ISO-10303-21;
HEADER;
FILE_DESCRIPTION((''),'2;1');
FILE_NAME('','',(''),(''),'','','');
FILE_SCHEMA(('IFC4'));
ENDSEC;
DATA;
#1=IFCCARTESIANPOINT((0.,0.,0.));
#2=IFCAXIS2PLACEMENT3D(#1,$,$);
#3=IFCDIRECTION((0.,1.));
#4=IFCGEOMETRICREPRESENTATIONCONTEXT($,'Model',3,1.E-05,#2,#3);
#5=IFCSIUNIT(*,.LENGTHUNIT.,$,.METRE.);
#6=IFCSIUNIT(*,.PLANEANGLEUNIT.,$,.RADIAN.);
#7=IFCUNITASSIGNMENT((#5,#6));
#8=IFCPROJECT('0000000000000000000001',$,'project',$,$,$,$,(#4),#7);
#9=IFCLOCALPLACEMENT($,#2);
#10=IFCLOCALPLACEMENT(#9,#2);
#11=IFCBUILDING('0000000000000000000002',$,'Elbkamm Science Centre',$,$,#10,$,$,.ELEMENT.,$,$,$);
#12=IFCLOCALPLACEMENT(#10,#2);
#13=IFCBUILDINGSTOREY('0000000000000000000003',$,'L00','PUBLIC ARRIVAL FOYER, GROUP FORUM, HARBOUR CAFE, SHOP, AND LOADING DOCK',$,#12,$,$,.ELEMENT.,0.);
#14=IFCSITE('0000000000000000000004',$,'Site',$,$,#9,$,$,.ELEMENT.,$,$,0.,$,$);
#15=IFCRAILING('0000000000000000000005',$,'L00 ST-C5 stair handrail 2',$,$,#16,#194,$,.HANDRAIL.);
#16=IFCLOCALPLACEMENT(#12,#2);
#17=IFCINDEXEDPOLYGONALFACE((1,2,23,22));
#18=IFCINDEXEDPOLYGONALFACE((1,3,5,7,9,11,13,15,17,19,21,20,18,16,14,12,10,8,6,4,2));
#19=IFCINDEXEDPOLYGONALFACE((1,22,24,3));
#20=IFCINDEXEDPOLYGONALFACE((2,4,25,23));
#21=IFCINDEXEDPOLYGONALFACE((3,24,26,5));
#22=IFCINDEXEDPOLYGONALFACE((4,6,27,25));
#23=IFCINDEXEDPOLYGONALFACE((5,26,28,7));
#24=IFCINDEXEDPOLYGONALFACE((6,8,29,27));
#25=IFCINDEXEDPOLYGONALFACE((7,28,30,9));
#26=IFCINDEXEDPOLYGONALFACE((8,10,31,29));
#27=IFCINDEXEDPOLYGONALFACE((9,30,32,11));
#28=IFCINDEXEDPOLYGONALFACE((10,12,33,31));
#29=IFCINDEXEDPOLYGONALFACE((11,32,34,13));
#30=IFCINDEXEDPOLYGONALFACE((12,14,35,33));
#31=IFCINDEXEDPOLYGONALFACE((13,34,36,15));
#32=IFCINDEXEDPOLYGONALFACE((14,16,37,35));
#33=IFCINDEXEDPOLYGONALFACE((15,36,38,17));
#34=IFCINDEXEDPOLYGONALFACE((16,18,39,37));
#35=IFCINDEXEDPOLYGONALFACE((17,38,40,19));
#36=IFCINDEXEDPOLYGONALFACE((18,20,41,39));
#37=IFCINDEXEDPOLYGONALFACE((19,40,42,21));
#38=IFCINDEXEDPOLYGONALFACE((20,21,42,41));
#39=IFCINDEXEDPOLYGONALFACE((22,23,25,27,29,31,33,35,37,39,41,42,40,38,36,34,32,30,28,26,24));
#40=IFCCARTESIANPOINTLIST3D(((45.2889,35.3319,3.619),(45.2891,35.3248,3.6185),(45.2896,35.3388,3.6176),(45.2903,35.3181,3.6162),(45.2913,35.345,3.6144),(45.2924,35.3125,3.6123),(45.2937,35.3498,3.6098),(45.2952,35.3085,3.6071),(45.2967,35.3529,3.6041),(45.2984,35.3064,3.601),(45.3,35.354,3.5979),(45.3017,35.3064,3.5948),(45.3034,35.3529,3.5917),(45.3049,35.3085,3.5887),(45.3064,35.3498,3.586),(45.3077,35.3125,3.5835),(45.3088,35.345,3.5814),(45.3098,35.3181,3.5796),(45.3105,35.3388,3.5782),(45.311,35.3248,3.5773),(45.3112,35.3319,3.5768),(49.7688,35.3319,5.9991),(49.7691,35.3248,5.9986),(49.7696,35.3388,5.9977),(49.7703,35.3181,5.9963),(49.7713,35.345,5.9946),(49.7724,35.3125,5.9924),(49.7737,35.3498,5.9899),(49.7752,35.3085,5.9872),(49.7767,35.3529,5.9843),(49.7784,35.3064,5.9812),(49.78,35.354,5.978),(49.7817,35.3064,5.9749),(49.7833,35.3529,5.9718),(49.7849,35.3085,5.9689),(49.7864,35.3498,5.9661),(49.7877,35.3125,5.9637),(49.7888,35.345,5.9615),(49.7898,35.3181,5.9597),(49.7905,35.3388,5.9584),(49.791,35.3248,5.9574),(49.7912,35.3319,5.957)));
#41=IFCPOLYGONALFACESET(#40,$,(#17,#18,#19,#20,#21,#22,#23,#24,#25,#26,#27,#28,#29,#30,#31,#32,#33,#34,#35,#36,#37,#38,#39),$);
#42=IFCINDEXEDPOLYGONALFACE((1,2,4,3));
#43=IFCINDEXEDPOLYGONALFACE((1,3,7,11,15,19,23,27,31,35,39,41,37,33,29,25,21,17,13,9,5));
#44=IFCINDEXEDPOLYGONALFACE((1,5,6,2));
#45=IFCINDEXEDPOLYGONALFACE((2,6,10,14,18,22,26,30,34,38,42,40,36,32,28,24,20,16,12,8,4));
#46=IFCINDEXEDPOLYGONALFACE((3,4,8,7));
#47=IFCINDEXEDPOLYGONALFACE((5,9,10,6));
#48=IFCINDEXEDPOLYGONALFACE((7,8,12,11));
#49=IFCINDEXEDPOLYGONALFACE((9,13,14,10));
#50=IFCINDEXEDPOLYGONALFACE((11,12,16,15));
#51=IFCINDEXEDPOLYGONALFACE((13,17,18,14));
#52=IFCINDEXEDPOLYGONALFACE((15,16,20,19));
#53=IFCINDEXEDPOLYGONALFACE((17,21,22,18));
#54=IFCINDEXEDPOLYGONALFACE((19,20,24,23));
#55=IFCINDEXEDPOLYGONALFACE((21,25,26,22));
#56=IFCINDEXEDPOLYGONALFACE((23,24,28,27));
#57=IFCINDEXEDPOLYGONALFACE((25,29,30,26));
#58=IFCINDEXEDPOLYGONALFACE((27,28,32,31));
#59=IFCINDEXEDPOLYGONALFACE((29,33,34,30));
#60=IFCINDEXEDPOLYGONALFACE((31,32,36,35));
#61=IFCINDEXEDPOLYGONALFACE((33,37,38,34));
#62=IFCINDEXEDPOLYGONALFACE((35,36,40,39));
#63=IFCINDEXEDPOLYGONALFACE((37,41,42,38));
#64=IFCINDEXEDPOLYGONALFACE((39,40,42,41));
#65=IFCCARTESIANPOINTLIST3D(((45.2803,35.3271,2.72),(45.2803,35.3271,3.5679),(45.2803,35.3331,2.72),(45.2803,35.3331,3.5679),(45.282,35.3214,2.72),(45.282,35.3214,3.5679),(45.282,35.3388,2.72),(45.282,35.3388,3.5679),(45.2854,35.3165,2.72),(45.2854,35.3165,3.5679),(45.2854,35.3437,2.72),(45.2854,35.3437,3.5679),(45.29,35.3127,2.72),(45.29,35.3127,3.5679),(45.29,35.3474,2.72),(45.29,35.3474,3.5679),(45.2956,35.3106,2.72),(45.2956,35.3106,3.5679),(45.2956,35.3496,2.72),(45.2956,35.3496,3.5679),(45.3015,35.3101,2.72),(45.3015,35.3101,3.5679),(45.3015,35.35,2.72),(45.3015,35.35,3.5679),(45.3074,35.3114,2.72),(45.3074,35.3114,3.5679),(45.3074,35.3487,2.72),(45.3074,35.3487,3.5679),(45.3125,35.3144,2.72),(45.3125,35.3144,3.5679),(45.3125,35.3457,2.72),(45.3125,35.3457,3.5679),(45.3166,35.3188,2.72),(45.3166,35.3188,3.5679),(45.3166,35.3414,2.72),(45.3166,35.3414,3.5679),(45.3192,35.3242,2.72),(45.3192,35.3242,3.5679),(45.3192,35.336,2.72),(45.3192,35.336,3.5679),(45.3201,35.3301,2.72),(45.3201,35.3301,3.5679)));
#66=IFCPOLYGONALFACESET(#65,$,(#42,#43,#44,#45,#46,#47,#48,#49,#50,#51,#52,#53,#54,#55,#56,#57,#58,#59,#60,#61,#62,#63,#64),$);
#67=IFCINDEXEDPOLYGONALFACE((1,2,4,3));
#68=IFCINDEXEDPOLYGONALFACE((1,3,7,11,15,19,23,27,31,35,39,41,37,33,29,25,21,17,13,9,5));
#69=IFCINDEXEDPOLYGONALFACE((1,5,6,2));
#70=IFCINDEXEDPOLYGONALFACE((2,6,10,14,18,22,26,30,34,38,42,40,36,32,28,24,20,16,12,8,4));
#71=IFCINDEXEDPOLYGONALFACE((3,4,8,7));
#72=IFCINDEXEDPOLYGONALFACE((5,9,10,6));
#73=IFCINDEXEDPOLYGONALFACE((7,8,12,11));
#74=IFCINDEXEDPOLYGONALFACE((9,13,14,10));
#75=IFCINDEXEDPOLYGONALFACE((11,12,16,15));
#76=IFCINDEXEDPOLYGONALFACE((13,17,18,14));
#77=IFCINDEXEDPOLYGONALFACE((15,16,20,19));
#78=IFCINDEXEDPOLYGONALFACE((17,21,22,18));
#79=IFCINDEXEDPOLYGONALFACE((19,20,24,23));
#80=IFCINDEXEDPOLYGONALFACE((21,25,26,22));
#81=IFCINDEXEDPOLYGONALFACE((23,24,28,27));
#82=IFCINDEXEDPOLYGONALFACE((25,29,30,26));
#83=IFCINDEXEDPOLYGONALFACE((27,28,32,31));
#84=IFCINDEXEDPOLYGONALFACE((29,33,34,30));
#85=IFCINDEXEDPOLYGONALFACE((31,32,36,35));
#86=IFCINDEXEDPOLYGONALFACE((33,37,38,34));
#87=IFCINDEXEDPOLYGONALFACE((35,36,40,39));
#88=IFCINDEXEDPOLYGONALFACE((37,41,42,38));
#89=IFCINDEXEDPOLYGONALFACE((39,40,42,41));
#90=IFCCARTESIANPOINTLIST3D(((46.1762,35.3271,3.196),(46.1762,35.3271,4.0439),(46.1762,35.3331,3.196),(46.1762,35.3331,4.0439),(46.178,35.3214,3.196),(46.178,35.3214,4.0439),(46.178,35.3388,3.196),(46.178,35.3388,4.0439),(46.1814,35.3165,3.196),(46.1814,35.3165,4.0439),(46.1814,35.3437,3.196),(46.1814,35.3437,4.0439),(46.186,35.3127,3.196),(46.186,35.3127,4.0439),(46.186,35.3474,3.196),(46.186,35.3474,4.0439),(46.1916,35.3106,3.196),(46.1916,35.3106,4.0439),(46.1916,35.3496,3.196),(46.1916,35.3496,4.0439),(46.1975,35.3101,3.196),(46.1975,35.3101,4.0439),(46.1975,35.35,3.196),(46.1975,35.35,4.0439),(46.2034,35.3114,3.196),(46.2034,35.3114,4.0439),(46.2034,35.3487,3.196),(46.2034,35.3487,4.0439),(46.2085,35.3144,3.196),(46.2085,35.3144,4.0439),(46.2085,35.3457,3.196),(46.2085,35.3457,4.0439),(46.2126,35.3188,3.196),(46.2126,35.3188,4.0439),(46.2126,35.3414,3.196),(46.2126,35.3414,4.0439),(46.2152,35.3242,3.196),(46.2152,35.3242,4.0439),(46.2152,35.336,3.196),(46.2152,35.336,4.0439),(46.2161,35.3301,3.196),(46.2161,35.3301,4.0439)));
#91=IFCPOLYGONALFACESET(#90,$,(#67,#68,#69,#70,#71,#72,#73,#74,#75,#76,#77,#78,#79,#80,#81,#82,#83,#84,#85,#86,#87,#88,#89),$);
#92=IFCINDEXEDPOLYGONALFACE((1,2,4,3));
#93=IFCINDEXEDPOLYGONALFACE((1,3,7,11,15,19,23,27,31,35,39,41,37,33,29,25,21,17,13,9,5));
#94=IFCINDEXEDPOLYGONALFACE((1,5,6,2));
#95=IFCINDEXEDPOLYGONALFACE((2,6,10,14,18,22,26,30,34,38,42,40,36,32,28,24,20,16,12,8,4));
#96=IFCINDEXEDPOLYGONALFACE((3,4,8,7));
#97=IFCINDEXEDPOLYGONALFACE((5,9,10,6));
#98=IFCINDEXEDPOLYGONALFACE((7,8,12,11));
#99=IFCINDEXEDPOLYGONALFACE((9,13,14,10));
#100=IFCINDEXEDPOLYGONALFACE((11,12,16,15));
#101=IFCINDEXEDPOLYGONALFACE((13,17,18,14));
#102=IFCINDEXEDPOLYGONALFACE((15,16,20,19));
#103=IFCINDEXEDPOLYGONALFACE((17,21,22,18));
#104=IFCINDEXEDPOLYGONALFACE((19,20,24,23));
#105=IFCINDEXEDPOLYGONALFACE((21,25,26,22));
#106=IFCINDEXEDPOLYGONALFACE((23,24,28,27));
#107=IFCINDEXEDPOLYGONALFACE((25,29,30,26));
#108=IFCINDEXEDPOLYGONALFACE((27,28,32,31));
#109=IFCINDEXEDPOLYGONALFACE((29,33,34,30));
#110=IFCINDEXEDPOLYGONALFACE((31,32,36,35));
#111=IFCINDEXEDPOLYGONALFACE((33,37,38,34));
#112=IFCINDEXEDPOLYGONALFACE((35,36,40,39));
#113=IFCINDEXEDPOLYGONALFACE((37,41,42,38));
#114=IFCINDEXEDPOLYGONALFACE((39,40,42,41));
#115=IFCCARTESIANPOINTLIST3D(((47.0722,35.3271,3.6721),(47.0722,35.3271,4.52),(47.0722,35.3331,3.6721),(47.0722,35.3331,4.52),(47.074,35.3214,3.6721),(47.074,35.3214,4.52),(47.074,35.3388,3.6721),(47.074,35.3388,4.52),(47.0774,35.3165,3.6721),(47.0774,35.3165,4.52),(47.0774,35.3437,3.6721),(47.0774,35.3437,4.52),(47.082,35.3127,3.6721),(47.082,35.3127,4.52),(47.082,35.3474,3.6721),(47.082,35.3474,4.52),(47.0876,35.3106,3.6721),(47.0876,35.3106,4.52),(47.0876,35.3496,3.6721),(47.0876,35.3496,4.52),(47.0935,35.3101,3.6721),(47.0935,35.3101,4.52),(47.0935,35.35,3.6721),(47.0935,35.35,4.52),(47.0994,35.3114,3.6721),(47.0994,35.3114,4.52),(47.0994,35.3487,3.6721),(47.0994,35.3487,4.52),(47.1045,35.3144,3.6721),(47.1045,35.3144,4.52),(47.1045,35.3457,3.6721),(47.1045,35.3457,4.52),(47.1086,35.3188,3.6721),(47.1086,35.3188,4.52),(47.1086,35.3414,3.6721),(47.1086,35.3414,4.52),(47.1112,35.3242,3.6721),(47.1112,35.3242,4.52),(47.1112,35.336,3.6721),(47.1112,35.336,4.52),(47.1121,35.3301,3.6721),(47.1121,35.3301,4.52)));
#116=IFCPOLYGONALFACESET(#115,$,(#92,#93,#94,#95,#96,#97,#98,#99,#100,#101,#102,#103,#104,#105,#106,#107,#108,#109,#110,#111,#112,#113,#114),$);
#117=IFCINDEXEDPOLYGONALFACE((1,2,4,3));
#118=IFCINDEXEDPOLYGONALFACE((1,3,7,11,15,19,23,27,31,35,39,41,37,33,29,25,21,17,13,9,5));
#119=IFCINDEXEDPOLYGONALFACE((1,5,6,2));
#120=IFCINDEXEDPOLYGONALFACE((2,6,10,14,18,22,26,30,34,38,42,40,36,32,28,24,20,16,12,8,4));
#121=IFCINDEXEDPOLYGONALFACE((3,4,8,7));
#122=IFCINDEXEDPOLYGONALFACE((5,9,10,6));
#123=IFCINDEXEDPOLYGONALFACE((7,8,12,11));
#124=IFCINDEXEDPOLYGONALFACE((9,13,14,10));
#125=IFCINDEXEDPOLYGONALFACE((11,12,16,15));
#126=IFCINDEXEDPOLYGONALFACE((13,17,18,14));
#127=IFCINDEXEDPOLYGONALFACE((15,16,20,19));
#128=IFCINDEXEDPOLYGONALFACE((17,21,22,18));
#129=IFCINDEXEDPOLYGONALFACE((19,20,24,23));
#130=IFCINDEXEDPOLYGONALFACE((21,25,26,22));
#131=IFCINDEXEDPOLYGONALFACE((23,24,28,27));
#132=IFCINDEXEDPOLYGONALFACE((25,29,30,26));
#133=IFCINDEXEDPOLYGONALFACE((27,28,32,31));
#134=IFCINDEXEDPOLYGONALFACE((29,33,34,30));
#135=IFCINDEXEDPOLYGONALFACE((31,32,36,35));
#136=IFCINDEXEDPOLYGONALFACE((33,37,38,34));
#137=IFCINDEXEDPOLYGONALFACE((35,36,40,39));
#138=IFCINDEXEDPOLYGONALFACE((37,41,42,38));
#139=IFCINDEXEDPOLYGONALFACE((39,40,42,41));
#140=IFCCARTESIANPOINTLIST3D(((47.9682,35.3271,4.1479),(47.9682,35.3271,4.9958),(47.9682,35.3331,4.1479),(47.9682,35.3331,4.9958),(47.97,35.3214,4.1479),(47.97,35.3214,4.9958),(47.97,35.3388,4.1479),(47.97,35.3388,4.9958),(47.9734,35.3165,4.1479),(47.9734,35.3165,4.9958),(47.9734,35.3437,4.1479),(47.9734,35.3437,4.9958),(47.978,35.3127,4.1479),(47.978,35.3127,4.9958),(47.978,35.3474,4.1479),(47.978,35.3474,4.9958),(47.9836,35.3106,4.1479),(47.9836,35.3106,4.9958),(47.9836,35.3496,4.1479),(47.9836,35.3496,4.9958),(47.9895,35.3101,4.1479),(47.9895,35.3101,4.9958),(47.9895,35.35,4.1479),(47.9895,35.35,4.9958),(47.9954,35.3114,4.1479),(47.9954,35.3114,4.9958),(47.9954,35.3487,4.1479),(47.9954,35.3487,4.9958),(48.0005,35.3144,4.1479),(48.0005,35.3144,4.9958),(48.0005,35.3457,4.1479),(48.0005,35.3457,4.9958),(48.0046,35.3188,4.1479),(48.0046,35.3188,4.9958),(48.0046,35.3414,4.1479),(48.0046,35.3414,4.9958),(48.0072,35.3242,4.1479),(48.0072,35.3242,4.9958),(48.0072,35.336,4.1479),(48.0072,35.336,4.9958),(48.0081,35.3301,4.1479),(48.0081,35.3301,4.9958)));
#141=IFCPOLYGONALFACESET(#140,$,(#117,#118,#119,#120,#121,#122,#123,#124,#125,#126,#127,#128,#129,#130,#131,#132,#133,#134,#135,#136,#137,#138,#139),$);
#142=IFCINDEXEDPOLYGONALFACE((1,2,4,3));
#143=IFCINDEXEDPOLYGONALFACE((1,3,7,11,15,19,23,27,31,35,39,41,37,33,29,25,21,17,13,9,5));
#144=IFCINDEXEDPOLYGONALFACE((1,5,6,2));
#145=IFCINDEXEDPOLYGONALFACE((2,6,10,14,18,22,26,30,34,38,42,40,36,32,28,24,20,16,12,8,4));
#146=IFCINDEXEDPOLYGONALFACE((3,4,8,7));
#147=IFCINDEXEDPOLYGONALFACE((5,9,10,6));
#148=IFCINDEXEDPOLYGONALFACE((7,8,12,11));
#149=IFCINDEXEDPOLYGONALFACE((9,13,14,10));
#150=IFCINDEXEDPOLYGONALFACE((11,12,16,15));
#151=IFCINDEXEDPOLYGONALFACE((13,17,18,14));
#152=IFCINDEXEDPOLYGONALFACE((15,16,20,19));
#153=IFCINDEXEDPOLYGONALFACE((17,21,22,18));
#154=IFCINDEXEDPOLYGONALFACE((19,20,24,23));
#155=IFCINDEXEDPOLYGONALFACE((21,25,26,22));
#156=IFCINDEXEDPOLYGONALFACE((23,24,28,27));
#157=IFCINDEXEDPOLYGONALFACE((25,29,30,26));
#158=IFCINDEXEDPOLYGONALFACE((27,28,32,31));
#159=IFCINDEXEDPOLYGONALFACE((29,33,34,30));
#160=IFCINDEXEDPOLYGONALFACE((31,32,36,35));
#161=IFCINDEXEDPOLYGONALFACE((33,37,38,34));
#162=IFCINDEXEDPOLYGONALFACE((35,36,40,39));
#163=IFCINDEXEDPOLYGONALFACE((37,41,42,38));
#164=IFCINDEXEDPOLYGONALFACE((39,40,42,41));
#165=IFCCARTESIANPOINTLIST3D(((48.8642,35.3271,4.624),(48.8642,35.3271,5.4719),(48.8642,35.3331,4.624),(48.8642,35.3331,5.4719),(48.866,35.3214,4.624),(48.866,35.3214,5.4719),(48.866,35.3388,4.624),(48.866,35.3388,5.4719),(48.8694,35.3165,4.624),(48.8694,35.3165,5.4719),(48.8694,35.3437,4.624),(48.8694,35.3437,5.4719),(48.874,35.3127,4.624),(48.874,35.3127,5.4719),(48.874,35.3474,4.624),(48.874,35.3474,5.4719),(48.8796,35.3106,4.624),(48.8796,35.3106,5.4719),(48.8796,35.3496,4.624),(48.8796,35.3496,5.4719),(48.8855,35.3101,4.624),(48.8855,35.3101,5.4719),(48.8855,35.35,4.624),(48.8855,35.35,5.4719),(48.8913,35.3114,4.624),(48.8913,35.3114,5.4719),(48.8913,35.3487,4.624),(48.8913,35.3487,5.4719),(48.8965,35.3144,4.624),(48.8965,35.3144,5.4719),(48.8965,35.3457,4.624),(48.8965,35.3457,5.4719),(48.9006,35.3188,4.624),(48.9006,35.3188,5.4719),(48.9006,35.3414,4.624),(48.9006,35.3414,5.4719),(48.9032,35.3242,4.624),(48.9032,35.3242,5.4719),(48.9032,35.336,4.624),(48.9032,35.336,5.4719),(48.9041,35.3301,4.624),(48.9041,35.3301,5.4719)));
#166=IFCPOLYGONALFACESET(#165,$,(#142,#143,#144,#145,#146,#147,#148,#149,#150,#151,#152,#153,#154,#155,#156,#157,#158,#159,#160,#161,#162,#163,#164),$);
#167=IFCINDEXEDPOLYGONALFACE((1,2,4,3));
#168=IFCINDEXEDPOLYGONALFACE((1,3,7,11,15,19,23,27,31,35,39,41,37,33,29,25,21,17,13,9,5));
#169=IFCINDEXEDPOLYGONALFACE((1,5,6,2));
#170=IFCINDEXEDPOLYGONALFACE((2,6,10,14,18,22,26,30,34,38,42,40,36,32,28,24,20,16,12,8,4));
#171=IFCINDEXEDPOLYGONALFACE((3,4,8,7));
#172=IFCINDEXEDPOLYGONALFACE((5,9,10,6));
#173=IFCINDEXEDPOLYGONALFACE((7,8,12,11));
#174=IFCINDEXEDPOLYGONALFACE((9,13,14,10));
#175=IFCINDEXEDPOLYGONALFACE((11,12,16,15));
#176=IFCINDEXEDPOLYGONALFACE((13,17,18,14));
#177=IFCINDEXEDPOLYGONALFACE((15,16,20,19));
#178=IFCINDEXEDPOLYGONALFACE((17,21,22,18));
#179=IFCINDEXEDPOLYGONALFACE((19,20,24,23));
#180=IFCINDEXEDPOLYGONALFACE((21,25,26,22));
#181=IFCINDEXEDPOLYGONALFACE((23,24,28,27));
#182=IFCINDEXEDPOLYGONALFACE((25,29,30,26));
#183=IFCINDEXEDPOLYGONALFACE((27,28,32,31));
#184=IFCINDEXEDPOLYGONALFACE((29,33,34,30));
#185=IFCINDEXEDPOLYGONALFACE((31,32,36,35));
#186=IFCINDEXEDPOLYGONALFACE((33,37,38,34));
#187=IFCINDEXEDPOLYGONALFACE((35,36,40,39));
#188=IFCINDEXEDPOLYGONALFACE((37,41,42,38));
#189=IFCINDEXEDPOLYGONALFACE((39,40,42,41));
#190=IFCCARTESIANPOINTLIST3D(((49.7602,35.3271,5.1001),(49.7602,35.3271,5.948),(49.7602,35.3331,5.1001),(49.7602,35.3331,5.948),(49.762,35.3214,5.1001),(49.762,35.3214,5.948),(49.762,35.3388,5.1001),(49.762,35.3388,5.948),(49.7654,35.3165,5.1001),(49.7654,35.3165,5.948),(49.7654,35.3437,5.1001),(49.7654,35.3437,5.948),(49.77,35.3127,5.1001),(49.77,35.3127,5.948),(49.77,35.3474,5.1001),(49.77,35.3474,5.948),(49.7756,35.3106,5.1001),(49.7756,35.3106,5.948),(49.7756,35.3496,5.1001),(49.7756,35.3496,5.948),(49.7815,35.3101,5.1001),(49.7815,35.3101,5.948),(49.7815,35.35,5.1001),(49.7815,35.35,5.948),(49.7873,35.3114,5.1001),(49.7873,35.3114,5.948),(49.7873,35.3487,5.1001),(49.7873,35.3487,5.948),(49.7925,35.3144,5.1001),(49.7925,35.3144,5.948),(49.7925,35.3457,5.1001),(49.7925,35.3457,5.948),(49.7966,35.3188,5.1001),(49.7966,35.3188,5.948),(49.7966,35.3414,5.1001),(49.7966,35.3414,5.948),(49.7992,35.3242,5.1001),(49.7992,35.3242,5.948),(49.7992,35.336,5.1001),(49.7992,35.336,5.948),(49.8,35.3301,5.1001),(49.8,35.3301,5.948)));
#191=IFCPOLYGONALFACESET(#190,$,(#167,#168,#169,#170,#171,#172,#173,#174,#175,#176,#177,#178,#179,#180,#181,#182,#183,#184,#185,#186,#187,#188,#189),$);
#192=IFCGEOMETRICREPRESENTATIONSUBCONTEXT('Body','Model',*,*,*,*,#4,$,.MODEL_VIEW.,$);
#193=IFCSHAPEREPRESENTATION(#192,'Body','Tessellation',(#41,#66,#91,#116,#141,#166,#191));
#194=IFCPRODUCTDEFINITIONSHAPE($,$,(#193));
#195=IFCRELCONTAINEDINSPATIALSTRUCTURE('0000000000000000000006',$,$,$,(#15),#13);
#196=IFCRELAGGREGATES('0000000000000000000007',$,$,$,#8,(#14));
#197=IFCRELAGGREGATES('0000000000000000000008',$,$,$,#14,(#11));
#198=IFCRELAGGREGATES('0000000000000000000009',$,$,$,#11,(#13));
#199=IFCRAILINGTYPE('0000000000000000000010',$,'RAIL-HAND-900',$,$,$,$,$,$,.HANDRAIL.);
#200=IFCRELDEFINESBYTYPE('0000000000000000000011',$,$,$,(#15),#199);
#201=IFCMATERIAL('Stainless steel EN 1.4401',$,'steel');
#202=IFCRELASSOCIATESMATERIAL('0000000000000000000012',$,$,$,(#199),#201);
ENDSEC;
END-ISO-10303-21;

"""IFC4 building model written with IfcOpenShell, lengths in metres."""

from ifc_helpers import new_model, si_unit, direction, frame, origin, origin_2d, place, context, subcontext, project, spatial, circle, extrude, material, type_object, element, save


model = new_model("IFC4")

# Units and contexts
model_context = context("Model", 3, precision=1e-05, world=origin(), true_north=direction((0.0, 1.0)))
body_context = subcontext(model_context, "Body", "Model", "MODEL_VIEW")
ifc_project = project(units=[si_unit("LENGTHUNIT", "METRE"), si_unit("PLANEANGLEUNIT", "RADIAN")], contexts=[model_context])

# Site, building, storey
site_placement = place(None, origin())
site = spatial("IfcSite", under=ifc_project, at=site_placement, Name="Site", CompositionType="ELEMENT", RefElevation=0.0)
building_placement = place(site_placement, origin())
building = spatial("IfcBuilding", under=site, at=building_placement, Name="Elbkamm Science Centre", CompositionType="ELEMENT")
storey_placement = place(building_placement, origin())
storey = spatial("IfcBuildingStorey", under=building, at=storey_placement, Name="L00", Description="PUBLIC ARRIVAL FOYER, GROUP FORUM, HARBOUR CAFE, SHOP, AND LOADING DOCK", CompositionType="ELEMENT", Elevation=0.0)

# Railing
ifc_material_1 = material(Name="Stainless steel EN 1.4401", Category="steel")
railing_type_1 = type_object("IfcRailingType", Name="RAIL-HAND-900", PredefinedType="HANDRAIL", material=ifc_material_1)
railing_1_placement = place(storey_placement, frame((45.3, 35.3301, 2.72)))
element("IfcRailing", 1, at=railing_1_placement, inside=storey, type_object=railing_type_1, Name="L00 ST-C5 stair handrail 2", PredefinedType="HANDRAIL", context=body_context, shape_type="SweptSolid", body=[
    extrude(circle(Radius=0.0239, at=origin_2d()), frame((0.0, 0.0, 0.8779), z_axis=(0.883105, 0.0, 0.469176), x_axis=(0.0, 1.0, 0.0)), (0.0, 0.0, 1.0), 5.073),
    extrude(circle(Radius=0.02, at=origin_2d()), origin(), (0.0, 0.0, 1.0), 0.8479),
    extrude(circle(Radius=0.02, at=origin_2d()), frame((0.896, 0.0, 0.4761)), (0.0, 0.0, 1.0), 0.8479),
    extrude(circle(Radius=0.02, at=origin_2d()), frame((1.792, 0.0, 0.9521)), (0.0, 0.0, 1.0), 0.8479),
    extrude(circle(Radius=0.02, at=origin_2d()), frame((2.688, 0.0, 1.428)), (0.0, 0.0, 1.0), 0.8479),
    extrude(circle(Radius=0.02, at=origin_2d()), frame((3.584, 0.0, 1.9041)), (0.0, 0.0, 1.0), 0.8479),
    extrude(circle(Radius=0.02, at=origin_2d()), frame((4.48, 0.0, 2.3801)), (0.0, 0.0, 1.0), 0.8479),
])

save(model, "model.ifc")
